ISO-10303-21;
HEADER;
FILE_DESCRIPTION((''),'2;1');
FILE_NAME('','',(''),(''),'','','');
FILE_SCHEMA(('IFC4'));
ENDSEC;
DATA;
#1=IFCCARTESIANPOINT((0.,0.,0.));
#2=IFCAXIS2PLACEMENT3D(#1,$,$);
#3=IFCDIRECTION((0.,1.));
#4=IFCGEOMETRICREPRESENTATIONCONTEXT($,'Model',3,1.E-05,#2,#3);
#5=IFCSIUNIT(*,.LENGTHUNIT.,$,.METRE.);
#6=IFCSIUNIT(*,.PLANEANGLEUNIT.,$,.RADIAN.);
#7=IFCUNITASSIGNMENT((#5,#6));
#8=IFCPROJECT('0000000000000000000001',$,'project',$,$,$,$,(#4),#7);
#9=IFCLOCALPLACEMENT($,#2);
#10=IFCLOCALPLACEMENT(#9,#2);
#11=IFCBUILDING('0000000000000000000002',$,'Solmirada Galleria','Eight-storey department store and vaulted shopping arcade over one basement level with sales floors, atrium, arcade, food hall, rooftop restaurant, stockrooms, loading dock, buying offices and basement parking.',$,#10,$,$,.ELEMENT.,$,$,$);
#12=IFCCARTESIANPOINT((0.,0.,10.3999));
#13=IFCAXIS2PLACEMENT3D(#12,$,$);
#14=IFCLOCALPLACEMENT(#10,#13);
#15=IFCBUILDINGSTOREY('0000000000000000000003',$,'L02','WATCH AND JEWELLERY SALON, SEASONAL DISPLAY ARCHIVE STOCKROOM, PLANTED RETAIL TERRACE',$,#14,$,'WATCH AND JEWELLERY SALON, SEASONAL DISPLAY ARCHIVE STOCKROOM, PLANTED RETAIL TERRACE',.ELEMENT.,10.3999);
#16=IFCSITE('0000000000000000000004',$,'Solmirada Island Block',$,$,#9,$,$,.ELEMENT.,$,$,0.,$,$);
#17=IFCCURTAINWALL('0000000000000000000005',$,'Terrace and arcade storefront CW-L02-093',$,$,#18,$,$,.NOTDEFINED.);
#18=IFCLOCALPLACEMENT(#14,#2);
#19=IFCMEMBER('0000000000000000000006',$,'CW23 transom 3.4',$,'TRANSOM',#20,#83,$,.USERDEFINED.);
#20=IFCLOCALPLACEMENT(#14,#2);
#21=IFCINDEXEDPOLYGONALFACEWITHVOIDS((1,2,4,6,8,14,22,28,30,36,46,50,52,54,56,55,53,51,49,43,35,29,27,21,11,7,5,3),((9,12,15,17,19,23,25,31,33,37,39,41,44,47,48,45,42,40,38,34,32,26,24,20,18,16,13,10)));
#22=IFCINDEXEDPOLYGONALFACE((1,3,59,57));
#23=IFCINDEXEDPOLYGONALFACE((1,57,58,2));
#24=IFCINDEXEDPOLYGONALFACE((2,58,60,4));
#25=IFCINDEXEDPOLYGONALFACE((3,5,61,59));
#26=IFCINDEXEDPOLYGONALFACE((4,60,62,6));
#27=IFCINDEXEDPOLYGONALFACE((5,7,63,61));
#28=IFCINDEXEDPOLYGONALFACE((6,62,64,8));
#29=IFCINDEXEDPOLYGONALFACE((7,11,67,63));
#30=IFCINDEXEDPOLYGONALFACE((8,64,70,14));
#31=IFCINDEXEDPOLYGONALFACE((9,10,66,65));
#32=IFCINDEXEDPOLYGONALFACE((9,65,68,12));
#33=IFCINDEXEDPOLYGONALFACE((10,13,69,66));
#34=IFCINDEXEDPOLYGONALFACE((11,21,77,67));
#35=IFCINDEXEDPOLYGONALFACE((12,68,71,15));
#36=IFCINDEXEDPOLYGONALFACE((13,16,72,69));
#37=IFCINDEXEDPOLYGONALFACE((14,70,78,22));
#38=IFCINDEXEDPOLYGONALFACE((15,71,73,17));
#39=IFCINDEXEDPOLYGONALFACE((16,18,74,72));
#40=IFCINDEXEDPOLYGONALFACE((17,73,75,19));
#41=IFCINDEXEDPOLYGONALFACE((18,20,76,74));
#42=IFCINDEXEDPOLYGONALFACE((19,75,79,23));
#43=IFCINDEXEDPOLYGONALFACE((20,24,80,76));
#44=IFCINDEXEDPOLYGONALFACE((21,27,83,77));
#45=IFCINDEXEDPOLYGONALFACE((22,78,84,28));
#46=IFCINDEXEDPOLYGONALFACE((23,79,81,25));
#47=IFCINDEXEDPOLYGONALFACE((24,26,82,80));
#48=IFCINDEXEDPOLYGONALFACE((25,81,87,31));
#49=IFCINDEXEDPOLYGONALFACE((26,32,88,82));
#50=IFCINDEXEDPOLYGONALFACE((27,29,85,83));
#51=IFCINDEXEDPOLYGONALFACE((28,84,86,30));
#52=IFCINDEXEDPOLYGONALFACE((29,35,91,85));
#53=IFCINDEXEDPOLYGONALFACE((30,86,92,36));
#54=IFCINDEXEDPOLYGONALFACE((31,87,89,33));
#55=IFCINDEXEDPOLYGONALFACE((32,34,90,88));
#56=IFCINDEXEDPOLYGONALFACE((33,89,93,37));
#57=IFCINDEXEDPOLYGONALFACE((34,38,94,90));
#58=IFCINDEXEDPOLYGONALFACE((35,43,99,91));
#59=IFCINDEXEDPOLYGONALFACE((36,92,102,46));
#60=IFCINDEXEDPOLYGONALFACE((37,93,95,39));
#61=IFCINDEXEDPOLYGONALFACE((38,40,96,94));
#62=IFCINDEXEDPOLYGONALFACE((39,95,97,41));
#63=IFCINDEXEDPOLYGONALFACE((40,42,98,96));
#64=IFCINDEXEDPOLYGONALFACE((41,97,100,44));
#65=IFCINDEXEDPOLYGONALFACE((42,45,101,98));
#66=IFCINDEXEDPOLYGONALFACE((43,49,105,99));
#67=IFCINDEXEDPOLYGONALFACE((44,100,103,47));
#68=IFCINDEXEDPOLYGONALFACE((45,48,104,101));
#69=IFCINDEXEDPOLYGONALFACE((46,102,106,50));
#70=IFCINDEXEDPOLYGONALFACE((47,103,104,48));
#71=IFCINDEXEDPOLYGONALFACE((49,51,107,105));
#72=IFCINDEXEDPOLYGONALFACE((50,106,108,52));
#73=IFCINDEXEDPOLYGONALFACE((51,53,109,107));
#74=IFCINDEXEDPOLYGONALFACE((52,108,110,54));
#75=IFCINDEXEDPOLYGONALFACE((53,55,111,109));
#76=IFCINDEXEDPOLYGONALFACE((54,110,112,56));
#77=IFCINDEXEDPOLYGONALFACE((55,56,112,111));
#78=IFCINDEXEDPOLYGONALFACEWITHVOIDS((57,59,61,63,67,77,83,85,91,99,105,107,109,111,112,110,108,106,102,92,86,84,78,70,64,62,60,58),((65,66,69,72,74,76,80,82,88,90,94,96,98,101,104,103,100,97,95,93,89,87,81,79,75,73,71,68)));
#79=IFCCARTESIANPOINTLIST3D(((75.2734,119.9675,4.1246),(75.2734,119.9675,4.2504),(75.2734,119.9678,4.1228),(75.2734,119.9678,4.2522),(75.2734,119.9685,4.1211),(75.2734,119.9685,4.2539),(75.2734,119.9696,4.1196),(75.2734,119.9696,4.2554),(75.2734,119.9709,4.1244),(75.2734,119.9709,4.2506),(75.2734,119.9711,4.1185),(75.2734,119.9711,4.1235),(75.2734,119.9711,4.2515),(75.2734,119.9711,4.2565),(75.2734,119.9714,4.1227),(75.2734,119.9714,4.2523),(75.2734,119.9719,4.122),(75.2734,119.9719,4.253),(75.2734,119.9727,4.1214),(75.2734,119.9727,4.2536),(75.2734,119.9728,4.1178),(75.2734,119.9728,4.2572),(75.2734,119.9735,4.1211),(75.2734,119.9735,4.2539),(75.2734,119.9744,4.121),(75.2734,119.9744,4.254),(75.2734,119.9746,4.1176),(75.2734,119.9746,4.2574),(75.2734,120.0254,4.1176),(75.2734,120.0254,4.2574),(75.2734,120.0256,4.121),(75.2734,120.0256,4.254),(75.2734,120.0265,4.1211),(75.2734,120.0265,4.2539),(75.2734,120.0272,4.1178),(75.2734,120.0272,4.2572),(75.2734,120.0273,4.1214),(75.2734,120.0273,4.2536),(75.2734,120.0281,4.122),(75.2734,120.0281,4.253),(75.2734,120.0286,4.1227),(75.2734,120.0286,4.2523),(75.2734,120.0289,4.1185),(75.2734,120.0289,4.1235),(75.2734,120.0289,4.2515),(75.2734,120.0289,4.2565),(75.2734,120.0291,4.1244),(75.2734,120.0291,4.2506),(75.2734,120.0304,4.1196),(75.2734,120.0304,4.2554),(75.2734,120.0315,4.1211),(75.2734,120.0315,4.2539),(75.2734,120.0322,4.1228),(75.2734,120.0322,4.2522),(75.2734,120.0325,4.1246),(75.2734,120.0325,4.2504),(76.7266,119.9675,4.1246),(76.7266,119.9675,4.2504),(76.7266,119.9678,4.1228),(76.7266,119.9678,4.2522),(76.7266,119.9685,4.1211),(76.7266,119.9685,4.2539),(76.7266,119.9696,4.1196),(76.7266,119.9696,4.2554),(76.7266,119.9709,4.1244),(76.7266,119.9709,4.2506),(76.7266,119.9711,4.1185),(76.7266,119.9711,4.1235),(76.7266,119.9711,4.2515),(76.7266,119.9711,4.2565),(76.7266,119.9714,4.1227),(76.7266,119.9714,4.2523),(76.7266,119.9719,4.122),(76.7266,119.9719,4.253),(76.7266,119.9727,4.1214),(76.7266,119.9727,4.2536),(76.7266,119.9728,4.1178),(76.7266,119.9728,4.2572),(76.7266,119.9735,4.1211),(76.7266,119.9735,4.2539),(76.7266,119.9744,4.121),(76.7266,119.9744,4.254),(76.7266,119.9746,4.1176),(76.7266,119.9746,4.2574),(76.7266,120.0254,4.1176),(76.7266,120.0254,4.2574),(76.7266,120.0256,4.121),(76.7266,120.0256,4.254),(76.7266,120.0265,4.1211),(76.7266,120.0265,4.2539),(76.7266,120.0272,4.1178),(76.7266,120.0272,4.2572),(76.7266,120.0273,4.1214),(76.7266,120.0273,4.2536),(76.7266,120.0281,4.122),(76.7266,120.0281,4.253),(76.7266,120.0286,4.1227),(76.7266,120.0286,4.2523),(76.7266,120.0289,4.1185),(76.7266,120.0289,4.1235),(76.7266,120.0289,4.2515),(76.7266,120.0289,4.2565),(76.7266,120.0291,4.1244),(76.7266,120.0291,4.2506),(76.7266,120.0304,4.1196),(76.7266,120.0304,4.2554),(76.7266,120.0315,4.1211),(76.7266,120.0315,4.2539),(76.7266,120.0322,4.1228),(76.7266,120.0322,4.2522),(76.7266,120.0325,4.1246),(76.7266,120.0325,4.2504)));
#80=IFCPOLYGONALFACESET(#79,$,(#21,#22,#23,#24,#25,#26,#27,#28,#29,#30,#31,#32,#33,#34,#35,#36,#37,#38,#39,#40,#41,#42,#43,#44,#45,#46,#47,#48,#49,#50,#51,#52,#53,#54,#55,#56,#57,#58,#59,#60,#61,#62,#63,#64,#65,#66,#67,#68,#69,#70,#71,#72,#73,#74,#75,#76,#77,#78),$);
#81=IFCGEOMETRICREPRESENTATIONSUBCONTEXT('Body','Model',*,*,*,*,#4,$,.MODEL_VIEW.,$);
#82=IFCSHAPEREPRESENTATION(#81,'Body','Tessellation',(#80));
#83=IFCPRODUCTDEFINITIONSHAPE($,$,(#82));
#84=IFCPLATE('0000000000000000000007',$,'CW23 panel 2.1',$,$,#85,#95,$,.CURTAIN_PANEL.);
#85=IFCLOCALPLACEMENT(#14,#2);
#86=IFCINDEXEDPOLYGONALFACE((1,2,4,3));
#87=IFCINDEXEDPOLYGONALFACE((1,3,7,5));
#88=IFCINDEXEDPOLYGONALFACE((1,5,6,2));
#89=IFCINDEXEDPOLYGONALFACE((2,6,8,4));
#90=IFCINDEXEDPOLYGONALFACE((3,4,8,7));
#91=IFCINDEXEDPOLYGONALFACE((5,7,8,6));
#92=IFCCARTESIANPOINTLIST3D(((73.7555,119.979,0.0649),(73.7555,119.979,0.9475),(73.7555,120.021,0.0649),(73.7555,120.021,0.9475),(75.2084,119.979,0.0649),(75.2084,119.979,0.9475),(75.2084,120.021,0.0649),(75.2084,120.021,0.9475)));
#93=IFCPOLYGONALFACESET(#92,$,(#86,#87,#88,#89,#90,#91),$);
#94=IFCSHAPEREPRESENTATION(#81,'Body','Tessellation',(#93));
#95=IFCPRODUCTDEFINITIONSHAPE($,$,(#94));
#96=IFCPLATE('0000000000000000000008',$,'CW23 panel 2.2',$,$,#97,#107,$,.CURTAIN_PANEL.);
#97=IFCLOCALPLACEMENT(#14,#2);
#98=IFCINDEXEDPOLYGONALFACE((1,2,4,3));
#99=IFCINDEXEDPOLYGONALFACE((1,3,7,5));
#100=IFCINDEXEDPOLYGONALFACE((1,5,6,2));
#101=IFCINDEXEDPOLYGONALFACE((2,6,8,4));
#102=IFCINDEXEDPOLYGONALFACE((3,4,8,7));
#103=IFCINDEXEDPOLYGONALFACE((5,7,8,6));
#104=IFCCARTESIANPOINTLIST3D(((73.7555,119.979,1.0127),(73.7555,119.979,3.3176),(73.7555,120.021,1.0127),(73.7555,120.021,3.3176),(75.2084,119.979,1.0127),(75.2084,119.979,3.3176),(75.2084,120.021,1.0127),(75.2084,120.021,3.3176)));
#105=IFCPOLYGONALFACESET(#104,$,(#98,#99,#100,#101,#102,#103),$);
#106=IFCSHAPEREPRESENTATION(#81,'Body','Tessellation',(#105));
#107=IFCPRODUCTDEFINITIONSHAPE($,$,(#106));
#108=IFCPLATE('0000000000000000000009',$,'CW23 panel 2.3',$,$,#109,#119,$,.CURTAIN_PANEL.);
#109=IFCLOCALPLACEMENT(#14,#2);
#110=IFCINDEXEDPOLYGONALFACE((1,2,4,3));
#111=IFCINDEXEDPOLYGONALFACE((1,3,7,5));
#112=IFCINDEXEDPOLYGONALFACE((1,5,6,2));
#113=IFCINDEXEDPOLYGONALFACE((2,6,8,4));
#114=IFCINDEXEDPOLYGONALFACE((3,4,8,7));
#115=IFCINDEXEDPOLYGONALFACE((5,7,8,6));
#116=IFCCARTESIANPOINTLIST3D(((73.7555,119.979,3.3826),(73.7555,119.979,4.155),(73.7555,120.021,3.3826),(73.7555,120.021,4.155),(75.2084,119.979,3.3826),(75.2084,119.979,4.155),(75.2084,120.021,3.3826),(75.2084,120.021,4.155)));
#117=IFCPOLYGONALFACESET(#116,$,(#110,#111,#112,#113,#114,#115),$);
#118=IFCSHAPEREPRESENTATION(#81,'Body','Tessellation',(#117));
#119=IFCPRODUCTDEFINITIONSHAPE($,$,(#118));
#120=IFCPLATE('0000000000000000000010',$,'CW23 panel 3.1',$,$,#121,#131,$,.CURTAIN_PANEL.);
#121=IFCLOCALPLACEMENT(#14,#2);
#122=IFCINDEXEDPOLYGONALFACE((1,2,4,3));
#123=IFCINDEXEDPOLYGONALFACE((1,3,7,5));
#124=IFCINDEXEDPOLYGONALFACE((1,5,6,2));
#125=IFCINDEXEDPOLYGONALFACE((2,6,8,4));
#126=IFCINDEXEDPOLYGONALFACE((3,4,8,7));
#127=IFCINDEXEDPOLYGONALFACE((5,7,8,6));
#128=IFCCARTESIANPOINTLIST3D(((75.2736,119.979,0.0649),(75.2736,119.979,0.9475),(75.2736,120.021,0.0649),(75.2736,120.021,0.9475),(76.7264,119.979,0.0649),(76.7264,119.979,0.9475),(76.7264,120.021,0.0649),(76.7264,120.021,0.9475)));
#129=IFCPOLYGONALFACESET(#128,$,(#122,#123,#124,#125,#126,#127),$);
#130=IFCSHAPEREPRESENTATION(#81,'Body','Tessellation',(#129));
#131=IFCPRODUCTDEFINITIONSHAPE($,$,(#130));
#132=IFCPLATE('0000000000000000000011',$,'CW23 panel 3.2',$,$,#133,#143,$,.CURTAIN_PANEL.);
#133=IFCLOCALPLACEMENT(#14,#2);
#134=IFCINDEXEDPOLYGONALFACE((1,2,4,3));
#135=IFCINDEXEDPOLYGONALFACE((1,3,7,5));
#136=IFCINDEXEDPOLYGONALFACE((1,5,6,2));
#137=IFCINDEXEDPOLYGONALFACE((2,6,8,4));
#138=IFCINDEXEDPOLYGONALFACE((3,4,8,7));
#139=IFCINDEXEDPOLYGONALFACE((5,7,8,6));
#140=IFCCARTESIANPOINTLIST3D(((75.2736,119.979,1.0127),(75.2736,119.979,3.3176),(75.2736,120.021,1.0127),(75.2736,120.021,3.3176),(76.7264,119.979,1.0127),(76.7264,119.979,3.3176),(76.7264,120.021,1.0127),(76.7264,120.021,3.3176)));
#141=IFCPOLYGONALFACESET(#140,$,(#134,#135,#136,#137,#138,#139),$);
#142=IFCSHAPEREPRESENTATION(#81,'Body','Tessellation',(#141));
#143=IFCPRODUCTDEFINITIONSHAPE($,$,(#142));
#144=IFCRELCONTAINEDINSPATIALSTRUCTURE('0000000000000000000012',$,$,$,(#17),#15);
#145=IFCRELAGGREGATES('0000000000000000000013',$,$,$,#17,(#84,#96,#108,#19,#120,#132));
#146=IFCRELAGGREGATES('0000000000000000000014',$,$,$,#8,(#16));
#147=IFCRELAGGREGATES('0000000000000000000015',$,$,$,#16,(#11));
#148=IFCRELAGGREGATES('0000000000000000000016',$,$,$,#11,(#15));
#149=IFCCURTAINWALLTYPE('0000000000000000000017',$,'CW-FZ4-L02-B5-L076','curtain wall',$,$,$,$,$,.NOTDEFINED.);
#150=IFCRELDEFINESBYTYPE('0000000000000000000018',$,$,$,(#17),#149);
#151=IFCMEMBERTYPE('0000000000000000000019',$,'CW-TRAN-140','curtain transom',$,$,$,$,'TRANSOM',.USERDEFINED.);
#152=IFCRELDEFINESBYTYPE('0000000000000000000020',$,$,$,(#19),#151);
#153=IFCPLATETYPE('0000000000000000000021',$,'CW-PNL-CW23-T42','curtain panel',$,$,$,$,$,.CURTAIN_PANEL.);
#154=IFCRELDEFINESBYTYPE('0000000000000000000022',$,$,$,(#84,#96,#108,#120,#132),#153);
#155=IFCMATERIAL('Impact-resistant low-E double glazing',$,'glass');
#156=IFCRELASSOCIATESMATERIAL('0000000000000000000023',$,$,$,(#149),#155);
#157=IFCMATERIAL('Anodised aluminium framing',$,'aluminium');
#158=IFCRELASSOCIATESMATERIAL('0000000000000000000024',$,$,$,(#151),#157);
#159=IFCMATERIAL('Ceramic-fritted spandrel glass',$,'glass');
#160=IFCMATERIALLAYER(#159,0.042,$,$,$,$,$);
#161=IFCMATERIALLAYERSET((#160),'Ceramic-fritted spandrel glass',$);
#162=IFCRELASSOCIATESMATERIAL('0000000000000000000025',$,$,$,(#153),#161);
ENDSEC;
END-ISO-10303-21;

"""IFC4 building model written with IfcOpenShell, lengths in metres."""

from ifc_helpers import new_model, si_unit, direction, frame, origin, origin_2d, place, context, subcontext, project, spatial, rectangle, hollow_rectangle, extrude, material, layer, layer_set, material_profile, profile_set, type_object, element, aggregate, save


model = new_model("IFC4")

# Units and contexts
model_context = context("Model", 3, precision=1e-05, world=origin(), true_north=direction((0.0, 1.0)))
body_context = subcontext(model_context, "Body", "Model", "MODEL_VIEW")
ifc_project = project(units=[si_unit("LENGTHUNIT", "METRE"), si_unit("PLANEANGLEUNIT", "RADIAN")], contexts=[model_context])

# Site, building, storey
site_placement = place(None, origin())
site = spatial("IfcSite", under=ifc_project, at=site_placement, Name="Solmirada Island Block", CompositionType="ELEMENT", RefElevation=0.0)
building_placement = place(site_placement, origin())
building = spatial("IfcBuilding", under=site, at=building_placement, Name="Solmirada Galleria", Description="Eight-storey department store and vaulted shopping arcade over one basement level with sales floors, atrium, arcade, food hall, rooftop restaurant, stockrooms, loading dock, buying offices and basement parking.", CompositionType="ELEMENT")
storey_placement = place(building_placement, frame((0.0, 0.0, 10.3999)))
storey = spatial("IfcBuildingStorey", under=building, at=storey_placement, Name="L02", Description="WATCH AND JEWELLERY SALON, SEASONAL DISPLAY ARCHIVE STOCKROOM, PLANTED RETAIL TERRACE", LongName="WATCH AND JEWELLERY SALON, SEASONAL DISPLAY ARCHIVE STOCKROOM, PLANTED RETAIL TERRACE", CompositionType="ELEMENT", Elevation=10.3999)

# Curtain wall, member, plates
ifc_material_1 = material(Name="Impact-resistant low-E double glazing", Category="glass")
curtain_wall_type = type_object("IfcCurtainWallType", Name="CW-FZ4-L02-B5-L076", Description="curtain wall", PredefinedType="NOTDEFINED", material=ifc_material_1)
curtain_wall_placement = place(storey_placement, origin())
curtain_wall = element("IfcCurtainWall", 1, at=curtain_wall_placement, inside=storey, type_object=curtain_wall_type, Name="Terrace and arcade storefront CW-L02-093", PredefinedType="NOTDEFINED")
ifc_material_2 = material(Name="Anodised aluminium framing", Category="aluminium")
ifc_material_profile_1 = material_profile(ifc_material_2, hollow_rectangle(XDim=0.0649, YDim=0.1399, WallThickness=0.0034, InnerFilletRadius=0.0034, OuterFilletRadius=0.0071, at=origin_2d()), Name="ALU-TRAN-140X65")
ifc_profile_set_1 = profile_set([ifc_material_profile_1], Name="Anodised aluminium framing")
member_type_1 = type_object("IfcMemberType", Name="CW-TRAN-140", Description="curtain transom", ElementType="TRANSOM", PredefinedType="USERDEFINED", material=ifc_profile_set_1)
member_1_placement = place(storey_placement, frame((75.2734, 120.0, 4.1875), z_axis=(1.0, 0.0, 0.0), x_axis=(0.0, 1.0, 0.0)))
member_1 = element("IfcMember", 2, at=member_1_placement, type_object=member_type_1, Name="CW23 transom 3.4", ObjectType="TRANSOM", PredefinedType="USERDEFINED", context=body_context, shape_type="SweptSolid", body=[
    extrude(hollow_rectangle(XDim=0.0649, YDim=0.1399, WallThickness=0.0034, InnerFilletRadius=0.0034, OuterFilletRadius=0.0071, at=origin_2d()), origin(), (0.0, 0.0, 1.0), 1.4531),
])
ifc_material_3 = material(Name="Ceramic-fritted spandrel glass", Category="glass")
ifc_layer = layer(ifc_material_3, 0.042)
ifc_layer_set = layer_set([ifc_layer], Name="Ceramic-fritted spandrel glass")
plate_type = type_object("IfcPlateType", Name="CW-PNL-CW23-T42", Description="curtain panel", PredefinedType="CURTAIN_PANEL", material=ifc_layer_set)
plate_1_placement = place(storey_placement, frame((74.4819, 120.0, 0.0649), z_axis=(0.0, 0.0, 1.0), x_axis=(1.0, 0.0, 0.0)))
plate_1 = element("IfcPlate", 3, at=plate_1_placement, type_object=plate_type, Name="CW23 panel 2.1", PredefinedType="CURTAIN_PANEL", context=body_context, shape_type="SweptSolid", body=[
    extrude(rectangle(XDim=1.4529, YDim=0.042, at=origin_2d()), origin(), (0.0, 0.0, 1.0), 0.8826),
])
plate_2_placement = place(storey_placement, frame((74.4819, 120.0, 1.0127), z_axis=(0.0, 0.0, 1.0), x_axis=(1.0, 0.0, 0.0)))
plate_2 = element("IfcPlate", 4, at=plate_2_placement, type_object=plate_type, Name="CW23 panel 2.2", PredefinedType="CURTAIN_PANEL", context=body_context, shape_type="SweptSolid", body=[
    extrude(rectangle(XDim=1.4529, YDim=0.042, at=origin_2d()), origin(), (0.0, 0.0, 1.0), 2.3049),
])
plate_3_placement = place(storey_placement, frame((74.4819, 120.0, 3.3826), z_axis=(0.0, 0.0, 1.0), x_axis=(1.0, 0.0, 0.0)))
plate_3 = element("IfcPlate", 5, at=plate_3_placement, type_object=plate_type, Name="CW23 panel 2.3", PredefinedType="CURTAIN_PANEL", context=body_context, shape_type="SweptSolid", body=[
    extrude(rectangle(XDim=1.4529, YDim=0.042, at=origin_2d()), origin(), (0.0, 0.0, 1.0), 0.7725),
])
plate_4_placement = place(storey_placement, frame((76.0, 120.0, 0.0649), z_axis=(0.0, 0.0, 1.0), x_axis=(1.0, 0.0, 0.0)))
plate_4 = element("IfcPlate", 6, at=plate_4_placement, type_object=plate_type, Name="CW23 panel 3.1", PredefinedType="CURTAIN_PANEL", context=body_context, shape_type="SweptSolid", body=[
    extrude(rectangle(XDim=1.4529, YDim=0.042, at=origin_2d()), origin(), (0.0, 0.0, 1.0), 0.8826),
])
plate_5_placement = place(storey_placement, frame((76.0, 120.0, 1.0127), z_axis=(0.0, 0.0, 1.0), x_axis=(1.0, 0.0, 0.0)))
plate_5 = element("IfcPlate", 7, at=plate_5_placement, type_object=plate_type, Name="CW23 panel 3.2", PredefinedType="CURTAIN_PANEL", context=body_context, shape_type="SweptSolid", body=[
    extrude(rectangle(XDim=1.4529, YDim=0.042, at=origin_2d()), origin(), (0.0, 0.0, 1.0), 2.3049),
])
aggregate(curtain_wall, [plate_1, plate_2, plate_3, member_1, plate_4, plate_5])

save(model, "model.ifc")
